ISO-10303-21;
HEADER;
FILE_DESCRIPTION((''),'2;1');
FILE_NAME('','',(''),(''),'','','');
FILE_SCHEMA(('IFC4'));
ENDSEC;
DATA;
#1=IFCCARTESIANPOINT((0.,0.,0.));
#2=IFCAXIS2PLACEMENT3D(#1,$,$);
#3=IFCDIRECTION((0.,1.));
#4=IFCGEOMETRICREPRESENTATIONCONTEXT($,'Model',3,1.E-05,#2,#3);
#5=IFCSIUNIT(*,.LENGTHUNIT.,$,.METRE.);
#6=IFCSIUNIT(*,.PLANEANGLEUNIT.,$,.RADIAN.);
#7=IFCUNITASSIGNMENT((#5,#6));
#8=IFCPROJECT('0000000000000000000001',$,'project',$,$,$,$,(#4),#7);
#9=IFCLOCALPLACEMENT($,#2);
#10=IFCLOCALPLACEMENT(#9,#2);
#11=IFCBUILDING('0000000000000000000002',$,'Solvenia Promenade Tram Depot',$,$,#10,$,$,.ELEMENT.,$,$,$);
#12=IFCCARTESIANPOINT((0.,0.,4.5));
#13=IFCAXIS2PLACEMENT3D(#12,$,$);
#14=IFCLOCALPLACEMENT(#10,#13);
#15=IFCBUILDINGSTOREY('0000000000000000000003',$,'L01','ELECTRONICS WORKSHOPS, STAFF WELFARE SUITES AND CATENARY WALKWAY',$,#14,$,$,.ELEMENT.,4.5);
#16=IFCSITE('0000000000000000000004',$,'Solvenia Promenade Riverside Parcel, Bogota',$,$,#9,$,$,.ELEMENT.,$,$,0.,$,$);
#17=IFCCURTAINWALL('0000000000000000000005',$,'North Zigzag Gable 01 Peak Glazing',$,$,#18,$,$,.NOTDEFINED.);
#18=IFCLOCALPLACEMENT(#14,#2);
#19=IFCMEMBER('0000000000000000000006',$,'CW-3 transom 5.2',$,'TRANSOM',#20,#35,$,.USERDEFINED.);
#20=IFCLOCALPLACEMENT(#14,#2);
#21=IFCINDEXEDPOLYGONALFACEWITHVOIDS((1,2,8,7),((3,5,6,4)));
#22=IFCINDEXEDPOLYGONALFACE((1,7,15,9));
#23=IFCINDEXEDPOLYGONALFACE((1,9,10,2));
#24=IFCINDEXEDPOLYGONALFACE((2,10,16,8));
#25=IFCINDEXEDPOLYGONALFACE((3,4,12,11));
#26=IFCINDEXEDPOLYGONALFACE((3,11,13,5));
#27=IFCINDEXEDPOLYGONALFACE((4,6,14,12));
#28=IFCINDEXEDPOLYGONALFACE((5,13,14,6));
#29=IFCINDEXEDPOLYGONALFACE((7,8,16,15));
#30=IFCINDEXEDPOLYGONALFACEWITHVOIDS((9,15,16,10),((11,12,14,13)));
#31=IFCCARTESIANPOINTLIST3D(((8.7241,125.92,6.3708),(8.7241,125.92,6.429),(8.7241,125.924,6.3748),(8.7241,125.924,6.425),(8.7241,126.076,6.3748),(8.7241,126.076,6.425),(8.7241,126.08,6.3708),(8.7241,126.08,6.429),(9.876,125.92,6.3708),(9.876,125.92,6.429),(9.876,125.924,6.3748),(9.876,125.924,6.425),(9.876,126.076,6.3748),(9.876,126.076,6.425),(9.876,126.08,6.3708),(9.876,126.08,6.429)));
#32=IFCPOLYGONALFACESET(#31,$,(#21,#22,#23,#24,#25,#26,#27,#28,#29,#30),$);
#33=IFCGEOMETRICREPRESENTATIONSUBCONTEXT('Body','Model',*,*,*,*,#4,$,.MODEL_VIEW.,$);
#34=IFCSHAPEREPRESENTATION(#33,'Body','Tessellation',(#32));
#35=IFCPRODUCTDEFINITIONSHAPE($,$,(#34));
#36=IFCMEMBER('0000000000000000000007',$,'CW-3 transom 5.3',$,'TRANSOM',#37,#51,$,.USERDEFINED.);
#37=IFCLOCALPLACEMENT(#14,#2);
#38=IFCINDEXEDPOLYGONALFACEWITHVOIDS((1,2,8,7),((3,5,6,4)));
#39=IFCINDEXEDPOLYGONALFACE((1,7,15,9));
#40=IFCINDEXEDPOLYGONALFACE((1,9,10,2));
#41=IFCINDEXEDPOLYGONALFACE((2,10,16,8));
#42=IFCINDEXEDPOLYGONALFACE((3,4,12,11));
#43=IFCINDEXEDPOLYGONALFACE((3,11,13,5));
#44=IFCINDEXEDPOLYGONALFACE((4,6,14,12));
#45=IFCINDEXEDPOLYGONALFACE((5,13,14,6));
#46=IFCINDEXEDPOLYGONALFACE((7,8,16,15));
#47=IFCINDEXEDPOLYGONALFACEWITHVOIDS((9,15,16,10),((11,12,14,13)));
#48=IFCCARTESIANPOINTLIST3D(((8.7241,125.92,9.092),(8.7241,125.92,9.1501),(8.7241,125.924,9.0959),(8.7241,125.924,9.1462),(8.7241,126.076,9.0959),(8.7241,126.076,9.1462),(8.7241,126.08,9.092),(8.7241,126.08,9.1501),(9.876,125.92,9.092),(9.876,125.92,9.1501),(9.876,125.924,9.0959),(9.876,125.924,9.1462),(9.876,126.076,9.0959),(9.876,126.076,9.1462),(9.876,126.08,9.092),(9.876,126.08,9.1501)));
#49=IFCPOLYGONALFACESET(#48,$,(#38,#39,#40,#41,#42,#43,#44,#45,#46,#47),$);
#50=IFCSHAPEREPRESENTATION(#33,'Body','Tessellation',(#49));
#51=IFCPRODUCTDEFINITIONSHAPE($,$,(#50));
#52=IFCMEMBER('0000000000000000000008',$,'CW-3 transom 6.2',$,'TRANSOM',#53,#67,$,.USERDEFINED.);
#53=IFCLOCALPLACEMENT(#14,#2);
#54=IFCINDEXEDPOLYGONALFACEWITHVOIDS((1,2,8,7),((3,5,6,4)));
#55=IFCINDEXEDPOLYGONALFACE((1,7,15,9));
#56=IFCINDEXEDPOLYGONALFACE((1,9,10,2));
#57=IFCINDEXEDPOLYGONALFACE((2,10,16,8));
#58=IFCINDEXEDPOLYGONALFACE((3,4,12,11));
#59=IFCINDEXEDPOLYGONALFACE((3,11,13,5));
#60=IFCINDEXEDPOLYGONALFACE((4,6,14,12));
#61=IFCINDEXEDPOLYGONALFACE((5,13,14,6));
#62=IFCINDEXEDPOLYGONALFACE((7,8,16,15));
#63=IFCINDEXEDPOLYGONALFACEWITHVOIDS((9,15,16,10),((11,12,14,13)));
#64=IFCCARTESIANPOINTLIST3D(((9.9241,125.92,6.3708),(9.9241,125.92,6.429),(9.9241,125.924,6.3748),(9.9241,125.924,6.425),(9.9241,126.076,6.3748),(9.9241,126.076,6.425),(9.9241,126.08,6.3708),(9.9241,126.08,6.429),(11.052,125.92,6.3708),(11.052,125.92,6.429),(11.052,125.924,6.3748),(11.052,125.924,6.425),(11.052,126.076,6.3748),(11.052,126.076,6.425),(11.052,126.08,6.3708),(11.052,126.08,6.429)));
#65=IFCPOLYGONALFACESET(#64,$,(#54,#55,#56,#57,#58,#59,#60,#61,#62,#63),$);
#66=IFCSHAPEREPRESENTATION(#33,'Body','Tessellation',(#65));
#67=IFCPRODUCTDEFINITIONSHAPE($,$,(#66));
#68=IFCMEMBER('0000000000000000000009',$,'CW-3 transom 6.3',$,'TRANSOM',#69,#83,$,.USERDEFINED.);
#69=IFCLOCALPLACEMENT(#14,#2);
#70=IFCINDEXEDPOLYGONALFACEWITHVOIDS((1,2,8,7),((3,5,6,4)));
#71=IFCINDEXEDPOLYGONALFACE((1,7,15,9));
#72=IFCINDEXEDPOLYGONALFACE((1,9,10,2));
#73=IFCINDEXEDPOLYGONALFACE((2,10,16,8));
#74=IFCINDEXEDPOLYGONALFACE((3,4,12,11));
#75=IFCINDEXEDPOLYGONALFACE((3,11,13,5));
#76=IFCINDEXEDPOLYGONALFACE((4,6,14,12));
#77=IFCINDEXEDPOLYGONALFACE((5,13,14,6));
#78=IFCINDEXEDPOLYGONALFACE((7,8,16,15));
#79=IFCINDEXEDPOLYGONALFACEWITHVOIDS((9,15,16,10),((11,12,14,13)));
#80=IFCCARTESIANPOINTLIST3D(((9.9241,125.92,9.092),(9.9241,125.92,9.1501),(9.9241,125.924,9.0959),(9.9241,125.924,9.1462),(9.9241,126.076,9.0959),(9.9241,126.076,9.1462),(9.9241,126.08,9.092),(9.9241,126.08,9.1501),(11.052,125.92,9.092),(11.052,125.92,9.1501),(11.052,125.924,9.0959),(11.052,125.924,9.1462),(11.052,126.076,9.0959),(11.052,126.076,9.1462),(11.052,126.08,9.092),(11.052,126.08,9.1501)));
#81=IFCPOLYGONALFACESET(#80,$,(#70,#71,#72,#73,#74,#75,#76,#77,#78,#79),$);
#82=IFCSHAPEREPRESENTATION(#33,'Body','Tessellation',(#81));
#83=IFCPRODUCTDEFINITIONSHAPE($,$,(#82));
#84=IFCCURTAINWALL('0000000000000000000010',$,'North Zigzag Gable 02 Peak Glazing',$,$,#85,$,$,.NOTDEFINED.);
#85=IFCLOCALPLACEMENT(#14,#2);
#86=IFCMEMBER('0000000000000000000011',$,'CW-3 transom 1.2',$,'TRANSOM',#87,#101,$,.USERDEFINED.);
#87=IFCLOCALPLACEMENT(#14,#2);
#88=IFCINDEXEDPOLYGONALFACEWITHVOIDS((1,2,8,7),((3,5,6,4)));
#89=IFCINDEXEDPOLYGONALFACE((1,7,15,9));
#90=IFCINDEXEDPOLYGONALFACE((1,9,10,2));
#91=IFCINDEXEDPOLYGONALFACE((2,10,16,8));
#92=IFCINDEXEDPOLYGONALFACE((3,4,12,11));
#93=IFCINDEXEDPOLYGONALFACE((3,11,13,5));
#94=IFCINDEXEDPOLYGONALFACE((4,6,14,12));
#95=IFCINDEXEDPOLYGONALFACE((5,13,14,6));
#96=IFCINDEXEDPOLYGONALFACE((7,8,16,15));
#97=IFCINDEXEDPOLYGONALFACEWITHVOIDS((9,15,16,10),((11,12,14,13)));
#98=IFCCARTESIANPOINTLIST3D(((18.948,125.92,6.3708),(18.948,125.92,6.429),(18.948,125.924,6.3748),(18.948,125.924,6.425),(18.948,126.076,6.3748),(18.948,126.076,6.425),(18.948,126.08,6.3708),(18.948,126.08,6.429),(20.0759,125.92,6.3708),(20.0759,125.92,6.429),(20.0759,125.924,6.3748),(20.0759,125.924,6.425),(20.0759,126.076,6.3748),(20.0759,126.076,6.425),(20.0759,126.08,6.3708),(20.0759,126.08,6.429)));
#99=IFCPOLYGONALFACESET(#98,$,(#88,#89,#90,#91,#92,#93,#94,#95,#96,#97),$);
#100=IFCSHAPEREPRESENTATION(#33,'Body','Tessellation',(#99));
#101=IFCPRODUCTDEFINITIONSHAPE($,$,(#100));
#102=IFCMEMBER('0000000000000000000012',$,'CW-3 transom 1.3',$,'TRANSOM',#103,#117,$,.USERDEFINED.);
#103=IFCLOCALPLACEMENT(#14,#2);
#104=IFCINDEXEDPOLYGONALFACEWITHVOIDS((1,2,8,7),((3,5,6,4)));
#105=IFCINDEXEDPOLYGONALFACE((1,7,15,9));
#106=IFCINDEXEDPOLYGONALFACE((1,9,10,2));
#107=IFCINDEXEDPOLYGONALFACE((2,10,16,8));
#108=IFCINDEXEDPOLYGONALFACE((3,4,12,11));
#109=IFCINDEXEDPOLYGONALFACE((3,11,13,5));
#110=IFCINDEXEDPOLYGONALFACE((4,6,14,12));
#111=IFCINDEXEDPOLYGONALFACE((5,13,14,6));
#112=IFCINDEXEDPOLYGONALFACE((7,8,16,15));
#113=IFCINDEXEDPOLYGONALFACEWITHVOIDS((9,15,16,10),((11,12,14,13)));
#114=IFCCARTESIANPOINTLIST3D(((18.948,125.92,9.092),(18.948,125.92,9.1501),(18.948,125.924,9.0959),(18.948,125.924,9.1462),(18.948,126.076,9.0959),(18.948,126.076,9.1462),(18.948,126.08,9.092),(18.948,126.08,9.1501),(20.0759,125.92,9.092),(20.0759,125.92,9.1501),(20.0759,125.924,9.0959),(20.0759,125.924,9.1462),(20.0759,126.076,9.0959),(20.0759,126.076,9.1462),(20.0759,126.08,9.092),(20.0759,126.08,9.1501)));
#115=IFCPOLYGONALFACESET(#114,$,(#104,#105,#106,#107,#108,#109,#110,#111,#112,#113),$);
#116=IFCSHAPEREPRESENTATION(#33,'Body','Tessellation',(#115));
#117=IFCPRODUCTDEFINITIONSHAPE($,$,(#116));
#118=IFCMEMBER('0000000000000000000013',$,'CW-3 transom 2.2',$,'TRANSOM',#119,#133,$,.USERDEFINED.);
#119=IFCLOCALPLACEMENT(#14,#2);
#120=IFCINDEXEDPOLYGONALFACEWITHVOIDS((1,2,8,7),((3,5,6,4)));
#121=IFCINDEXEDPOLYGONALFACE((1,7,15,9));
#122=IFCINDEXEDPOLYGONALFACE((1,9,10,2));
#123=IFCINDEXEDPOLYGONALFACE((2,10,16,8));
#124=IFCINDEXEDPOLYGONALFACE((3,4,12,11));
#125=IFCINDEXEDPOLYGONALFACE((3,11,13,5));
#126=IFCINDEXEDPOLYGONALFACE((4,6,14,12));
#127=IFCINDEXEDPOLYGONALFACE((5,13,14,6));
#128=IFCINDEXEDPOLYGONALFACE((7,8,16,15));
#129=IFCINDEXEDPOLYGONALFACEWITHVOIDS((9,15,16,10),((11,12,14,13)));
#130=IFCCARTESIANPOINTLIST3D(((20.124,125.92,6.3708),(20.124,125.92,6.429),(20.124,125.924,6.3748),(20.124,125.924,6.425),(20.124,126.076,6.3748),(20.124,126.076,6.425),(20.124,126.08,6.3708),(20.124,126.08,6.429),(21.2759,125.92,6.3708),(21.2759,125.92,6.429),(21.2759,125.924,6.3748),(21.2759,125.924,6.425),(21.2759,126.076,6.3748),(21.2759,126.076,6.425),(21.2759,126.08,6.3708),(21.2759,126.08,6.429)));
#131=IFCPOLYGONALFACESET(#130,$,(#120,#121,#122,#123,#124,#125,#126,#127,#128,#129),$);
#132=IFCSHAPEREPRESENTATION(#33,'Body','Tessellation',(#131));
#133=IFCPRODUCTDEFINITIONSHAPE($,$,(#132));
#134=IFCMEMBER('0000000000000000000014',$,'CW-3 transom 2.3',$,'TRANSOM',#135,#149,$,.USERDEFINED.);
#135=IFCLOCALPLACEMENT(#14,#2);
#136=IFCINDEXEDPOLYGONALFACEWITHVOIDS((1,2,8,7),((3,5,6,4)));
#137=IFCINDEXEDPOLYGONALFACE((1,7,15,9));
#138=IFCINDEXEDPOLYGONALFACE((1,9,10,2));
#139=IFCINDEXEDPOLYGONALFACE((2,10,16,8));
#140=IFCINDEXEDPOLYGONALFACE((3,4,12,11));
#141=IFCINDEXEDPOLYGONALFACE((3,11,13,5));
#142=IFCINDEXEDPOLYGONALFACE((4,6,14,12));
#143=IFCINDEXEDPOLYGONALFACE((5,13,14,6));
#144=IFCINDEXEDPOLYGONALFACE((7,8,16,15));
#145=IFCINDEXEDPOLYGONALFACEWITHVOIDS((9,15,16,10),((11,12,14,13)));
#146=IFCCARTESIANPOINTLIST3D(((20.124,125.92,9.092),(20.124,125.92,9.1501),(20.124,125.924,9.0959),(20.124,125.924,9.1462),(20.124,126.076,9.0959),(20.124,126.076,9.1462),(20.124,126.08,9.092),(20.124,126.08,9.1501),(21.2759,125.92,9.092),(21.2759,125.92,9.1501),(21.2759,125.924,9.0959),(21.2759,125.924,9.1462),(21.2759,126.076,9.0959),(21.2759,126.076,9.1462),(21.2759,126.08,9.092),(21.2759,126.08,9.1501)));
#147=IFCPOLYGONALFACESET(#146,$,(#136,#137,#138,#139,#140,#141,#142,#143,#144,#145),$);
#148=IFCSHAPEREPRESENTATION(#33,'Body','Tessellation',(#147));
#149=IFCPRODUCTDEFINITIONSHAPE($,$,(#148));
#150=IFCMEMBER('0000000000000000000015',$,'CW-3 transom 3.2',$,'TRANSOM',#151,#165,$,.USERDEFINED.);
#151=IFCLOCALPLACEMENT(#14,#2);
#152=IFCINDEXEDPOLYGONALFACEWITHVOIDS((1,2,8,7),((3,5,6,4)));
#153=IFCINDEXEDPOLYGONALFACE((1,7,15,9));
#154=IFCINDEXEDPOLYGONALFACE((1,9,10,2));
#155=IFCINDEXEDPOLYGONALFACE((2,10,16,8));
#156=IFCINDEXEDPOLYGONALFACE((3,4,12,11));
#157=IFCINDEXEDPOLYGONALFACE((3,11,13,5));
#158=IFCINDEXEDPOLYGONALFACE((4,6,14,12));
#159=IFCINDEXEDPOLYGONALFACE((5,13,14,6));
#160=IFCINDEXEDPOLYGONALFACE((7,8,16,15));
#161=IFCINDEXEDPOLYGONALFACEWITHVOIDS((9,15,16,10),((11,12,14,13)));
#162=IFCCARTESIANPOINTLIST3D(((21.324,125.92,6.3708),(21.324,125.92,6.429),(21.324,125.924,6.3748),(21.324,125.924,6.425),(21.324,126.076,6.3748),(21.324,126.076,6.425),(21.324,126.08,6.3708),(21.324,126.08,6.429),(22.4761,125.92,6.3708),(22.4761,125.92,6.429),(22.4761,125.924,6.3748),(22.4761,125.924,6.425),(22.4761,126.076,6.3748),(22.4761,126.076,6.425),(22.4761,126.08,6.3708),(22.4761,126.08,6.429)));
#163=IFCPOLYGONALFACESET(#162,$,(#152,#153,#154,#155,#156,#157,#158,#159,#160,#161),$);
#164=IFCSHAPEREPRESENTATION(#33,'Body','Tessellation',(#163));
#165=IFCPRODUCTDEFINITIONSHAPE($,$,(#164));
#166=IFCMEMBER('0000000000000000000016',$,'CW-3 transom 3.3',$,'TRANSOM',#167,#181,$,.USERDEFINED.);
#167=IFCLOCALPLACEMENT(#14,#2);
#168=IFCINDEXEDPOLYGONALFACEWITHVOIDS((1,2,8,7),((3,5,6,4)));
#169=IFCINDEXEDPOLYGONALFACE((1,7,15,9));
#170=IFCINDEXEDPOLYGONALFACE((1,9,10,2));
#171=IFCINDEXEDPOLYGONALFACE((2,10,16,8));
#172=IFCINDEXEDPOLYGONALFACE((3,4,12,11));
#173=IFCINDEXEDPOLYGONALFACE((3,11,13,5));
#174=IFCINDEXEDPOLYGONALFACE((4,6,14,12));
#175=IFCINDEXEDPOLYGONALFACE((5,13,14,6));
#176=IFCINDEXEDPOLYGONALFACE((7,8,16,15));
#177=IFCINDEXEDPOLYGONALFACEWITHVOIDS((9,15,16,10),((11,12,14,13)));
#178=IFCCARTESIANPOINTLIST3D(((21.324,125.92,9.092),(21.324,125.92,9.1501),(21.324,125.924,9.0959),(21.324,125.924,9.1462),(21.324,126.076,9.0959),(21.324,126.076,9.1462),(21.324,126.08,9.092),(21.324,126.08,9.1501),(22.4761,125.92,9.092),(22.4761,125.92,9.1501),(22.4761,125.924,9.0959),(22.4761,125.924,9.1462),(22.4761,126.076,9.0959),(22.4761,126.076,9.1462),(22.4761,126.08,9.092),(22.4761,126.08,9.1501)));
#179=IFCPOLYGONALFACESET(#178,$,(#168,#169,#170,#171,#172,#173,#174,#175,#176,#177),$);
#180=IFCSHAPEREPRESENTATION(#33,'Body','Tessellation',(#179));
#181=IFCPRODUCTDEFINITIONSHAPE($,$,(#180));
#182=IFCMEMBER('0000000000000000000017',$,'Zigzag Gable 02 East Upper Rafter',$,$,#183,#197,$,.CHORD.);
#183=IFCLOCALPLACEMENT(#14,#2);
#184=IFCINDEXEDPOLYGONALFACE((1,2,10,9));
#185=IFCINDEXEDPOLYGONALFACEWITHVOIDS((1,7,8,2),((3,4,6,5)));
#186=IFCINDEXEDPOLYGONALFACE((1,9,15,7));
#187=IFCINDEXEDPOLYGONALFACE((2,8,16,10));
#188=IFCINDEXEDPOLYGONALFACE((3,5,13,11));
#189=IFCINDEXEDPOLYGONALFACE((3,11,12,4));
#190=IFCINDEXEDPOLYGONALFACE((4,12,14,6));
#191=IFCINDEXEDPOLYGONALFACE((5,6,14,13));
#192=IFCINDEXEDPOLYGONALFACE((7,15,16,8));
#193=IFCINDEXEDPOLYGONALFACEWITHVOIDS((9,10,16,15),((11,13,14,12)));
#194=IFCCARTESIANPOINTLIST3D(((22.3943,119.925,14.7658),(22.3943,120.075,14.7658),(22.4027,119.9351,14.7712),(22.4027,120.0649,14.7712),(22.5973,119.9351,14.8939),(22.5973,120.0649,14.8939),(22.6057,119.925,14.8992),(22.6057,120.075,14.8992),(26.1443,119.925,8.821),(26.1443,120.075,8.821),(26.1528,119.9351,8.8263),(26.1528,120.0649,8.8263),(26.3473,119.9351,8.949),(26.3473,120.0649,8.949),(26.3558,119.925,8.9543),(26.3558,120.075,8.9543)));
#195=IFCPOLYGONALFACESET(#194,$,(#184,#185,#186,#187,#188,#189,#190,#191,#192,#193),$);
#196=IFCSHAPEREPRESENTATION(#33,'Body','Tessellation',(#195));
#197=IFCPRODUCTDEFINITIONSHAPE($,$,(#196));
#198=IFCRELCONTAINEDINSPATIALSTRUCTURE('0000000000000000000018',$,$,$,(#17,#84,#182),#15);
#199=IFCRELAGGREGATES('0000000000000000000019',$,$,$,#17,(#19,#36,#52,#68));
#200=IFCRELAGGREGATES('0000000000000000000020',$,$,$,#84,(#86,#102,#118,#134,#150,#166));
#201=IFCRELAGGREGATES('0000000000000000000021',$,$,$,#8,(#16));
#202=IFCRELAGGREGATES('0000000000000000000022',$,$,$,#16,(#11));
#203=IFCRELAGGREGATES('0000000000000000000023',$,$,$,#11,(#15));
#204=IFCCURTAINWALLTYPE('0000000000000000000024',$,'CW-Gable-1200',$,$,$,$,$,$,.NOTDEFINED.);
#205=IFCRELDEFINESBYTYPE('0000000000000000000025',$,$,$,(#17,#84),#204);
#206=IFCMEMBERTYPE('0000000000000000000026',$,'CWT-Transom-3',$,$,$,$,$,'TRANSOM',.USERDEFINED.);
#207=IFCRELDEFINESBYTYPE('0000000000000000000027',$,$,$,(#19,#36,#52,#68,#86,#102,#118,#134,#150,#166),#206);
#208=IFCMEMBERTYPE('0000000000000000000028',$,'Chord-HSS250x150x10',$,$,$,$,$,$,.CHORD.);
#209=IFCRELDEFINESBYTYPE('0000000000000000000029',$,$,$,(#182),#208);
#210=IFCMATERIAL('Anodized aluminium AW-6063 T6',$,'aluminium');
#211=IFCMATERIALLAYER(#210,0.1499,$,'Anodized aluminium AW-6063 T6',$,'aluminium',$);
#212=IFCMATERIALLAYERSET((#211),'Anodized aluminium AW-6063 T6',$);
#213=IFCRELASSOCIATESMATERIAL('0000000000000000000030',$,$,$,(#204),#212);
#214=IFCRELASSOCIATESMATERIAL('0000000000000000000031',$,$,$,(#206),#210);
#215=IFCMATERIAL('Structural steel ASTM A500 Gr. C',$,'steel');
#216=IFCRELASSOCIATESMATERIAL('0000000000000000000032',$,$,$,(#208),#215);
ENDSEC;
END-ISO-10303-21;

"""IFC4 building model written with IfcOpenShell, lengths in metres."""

from ifc_helpers import new_model, si_unit, direction, frame, origin, origin_2d, place, context, subcontext, project, spatial, hollow_rectangle, extrude, material, layer, layer_set, material_profile, profile_set, type_object, element, aggregate, save


model = new_model("IFC4")

# Units and contexts
model_context = context("Model", 3, precision=1e-05, world=origin(), true_north=direction((0.0, 1.0)))
body_context = subcontext(model_context, "Body", "Model", "MODEL_VIEW")
ifc_project = project(units=[si_unit("LENGTHUNIT", "METRE"), si_unit("PLANEANGLEUNIT", "RADIAN")], contexts=[model_context])

# Site, building, storey
site_placement = place(None, origin())
site = spatial("IfcSite", under=ifc_project, at=site_placement, Name="Solvenia Promenade Riverside Parcel, Bogota", CompositionType="ELEMENT", RefElevation=0.0)
building_placement = place(site_placement, origin())
building = spatial("IfcBuilding", under=site, at=building_placement, Name="Solvenia Promenade Tram Depot", CompositionType="ELEMENT")
storey_placement = place(building_placement, frame((0.0, 0.0, 4.5)))
storey = spatial("IfcBuildingStorey", under=building, at=storey_placement, Name="L01", Description="ELECTRONICS WORKSHOPS, STAFF WELFARE SUITES AND CATENARY WALKWAY", CompositionType="ELEMENT", Elevation=4.5)

# Curtain walls, members
ifc_material_1 = material(Name="Anodized aluminium AW-6063 T6", Category="aluminium")
ifc_layer_1 = layer(ifc_material_1, 0.1499, Name="Anodized aluminium AW-6063 T6", Category="aluminium")
ifc_layer_set_1 = layer_set([ifc_layer_1], Name="Anodized aluminium AW-6063 T6")
curtain_wall_type = type_object("IfcCurtainWallType", Name="CW-Gable-1200", PredefinedType="NOTDEFINED", material=ifc_layer_set_1)
curtain_wall_1_placement = place(storey_placement, origin())
curtain_wall_1 = element("IfcCurtainWall", 1, at=curtain_wall_1_placement, inside=storey, type_object=curtain_wall_type, Name="North Zigzag Gable 01 Peak Glazing", PredefinedType="NOTDEFINED")
ifc_material_profile_1 = material_profile(ifc_material_1, hollow_rectangle(XDim=0.1599, YDim=0.0581, WallThickness=0.0039, at=origin_2d()), Name="ALU-T3", Category="aluminium")
ifc_profile_set_1 = profile_set([ifc_material_profile_1], Name="Anodized aluminium AW-6063 T6")
member_type_1 = type_object("IfcMemberType", Name="CWT-Transom-3", ElementType="TRANSOM", PredefinedType="USERDEFINED", material=ifc_profile_set_1)
member_1_placement = place(storey_placement, frame((8.7241, 126.0, 6.3999), z_axis=(1.0, 0.0, 0.0), x_axis=(0.0, 1.0, 0.0)))
member_1 = element("IfcMember", 2, at=member_1_placement, type_object=member_type_1, Name="CW-3 transom 5.2", ObjectType="TRANSOM", PredefinedType="USERDEFINED", context=body_context, shape_type="SweptSolid", body=[
    extrude(hollow_rectangle(XDim=0.1599, YDim=0.0581, WallThickness=0.0039, at=origin_2d()), origin(), (0.0, 0.0, 1.0), 1.1519),
])
member_2_placement = place(storey_placement, frame((8.7241, 126.0, 9.1211), z_axis=(1.0, 0.0, 0.0), x_axis=(0.0, 1.0, 0.0)))
member_2 = element("IfcMember", 3, at=member_2_placement, type_object=member_type_1, Name="CW-3 transom 5.3", ObjectType="TRANSOM", PredefinedType="USERDEFINED", context=body_context, shape_type="SweptSolid", body=[
    extrude(hollow_rectangle(XDim=0.1599, YDim=0.0581, WallThickness=0.0039, at=origin_2d()), origin(), (0.0, 0.0, 1.0), 1.1519),
])
member_3_placement = place(storey_placement, frame((9.9241, 126.0, 6.3999), z_axis=(1.0, 0.0, 0.0), x_axis=(0.0, 1.0, 0.0)))
member_3 = element("IfcMember", 4, at=member_3_placement, type_object=member_type_1, Name="CW-3 transom 6.2", ObjectType="TRANSOM", PredefinedType="USERDEFINED", context=body_context, shape_type="SweptSolid", body=[
    extrude(hollow_rectangle(XDim=0.1599, YDim=0.0581, WallThickness=0.0039, at=origin_2d()), origin(), (0.0, 0.0, 1.0), 1.1279),
])
member_4_placement = place(storey_placement, frame((9.9241, 126.0, 9.1211), z_axis=(1.0, 0.0, 0.0), x_axis=(0.0, 1.0, 0.0)))
member_4 = element("IfcMember", 5, at=member_4_placement, type_object=member_type_1, Name="CW-3 transom 6.3", ObjectType="TRANSOM", PredefinedType="USERDEFINED", context=body_context, shape_type="SweptSolid", body=[
    extrude(hollow_rectangle(XDim=0.1599, YDim=0.0581, WallThickness=0.0039, at=origin_2d()), origin(), (0.0, 0.0, 1.0), 1.1279),
])
curtain_wall_2_placement = place(storey_placement, origin())
curtain_wall_2 = element("IfcCurtainWall", 6, at=curtain_wall_2_placement, inside=storey, type_object=curtain_wall_type, Name="North Zigzag Gable 02 Peak Glazing", PredefinedType="NOTDEFINED")
member_5_placement = place(storey_placement, frame((18.948, 126.0, 6.3999), z_axis=(1.0, 0.0, 0.0), x_axis=(0.0, 1.0, 0.0)))
member_5 = element("IfcMember", 7, at=member_5_placement, type_object=member_type_1, Name="CW-3 transom 1.2", ObjectType="TRANSOM", PredefinedType="USERDEFINED", context=body_context, shape_type="SweptSolid", body=[
    extrude(hollow_rectangle(XDim=0.1599, YDim=0.0581, WallThickness=0.0039, at=origin_2d()), origin(), (0.0, 0.0, 1.0), 1.1279),
])
member_6_placement = place(storey_placement, frame((18.948, 126.0, 9.1211), z_axis=(1.0, 0.0, 0.0), x_axis=(0.0, 1.0, 0.0)))
member_6 = element("IfcMember", 8, at=member_6_placement, type_object=member_type_1, Name="CW-3 transom 1.3", ObjectType="TRANSOM", PredefinedType="USERDEFINED", context=body_context, shape_type="SweptSolid", body=[
    extrude(hollow_rectangle(XDim=0.1599, YDim=0.0581, WallThickness=0.0039, at=origin_2d()), origin(), (0.0, 0.0, 1.0), 1.1279),
])
member_7_placement = place(storey_placement, frame((20.124, 126.0, 6.3999), z_axis=(1.0, 0.0, 0.0), x_axis=(0.0, 1.0, 0.0)))
member_7 = element("IfcMember", 9, at=member_7_placement, type_object=member_type_1, Name="CW-3 transom 2.2", ObjectType="TRANSOM", PredefinedType="USERDEFINED", context=body_context, shape_type="SweptSolid", body=[
    extrude(hollow_rectangle(XDim=0.1599, YDim=0.0581, WallThickness=0.0039, at=origin_2d()), origin(), (0.0, 0.0, 1.0), 1.1519),
])
member_8_placement = place(storey_placement, frame((20.124, 126.0, 9.1211), z_axis=(1.0, 0.0, 0.0), x_axis=(0.0, 1.0, 0.0)))
member_8 = element("IfcMember", 10, at=member_8_placement, type_object=member_type_1, Name="CW-3 transom 2.3", ObjectType="TRANSOM", PredefinedType="USERDEFINED", context=body_context, shape_type="SweptSolid", body=[
    extrude(hollow_rectangle(XDim=0.1599, YDim=0.0581, WallThickness=0.0039, at=origin_2d()), origin(), (0.0, 0.0, 1.0), 1.1519),
])
member_9_placement = place(storey_placement, frame((21.324, 126.0, 6.3999), z_axis=(1.0, 0.0, 0.0), x_axis=(0.0, 1.0, 0.0)))
member_9 = element("IfcMember", 11, at=member_9_placement, type_object=member_type_1, Name="CW-3 transom 3.2", ObjectType="TRANSOM", PredefinedType="USERDEFINED", context=body_context, shape_type="SweptSolid", body=[
    extrude(hollow_rectangle(XDim=0.1599, YDim=0.0581, WallThickness=0.0039, at=origin_2d()), origin(), (0.0, 0.0, 1.0), 1.1521),
])
member_10_placement = place(storey_placement, frame((21.324, 126.0, 9.1211), z_axis=(1.0, 0.0, 0.0), x_axis=(0.0, 1.0, 0.0)))
member_10 = element("IfcMember", 12, at=member_10_placement, type_object=member_type_1, Name="CW-3 transom 3.3", ObjectType="TRANSOM", PredefinedType="USERDEFINED", context=body_context, shape_type="SweptSolid", body=[
    extrude(hollow_rectangle(XDim=0.1599, YDim=0.0581, WallThickness=0.0039, at=origin_2d()), origin(), (0.0, 0.0, 1.0), 1.1521),
])

# Member
ifc_material_2 = material(Name="Structural steel ASTM A500 Gr. C", Category="steel")
ifc_material_profile_2 = material_profile(ifc_material_2, hollow_rectangle(XDim=0.1499, YDim=0.25, WallThickness=0.01, at=origin_2d()), Name="HSS250x150x10", Category="steel")
ifc_profile_set_2 = profile_set([ifc_material_profile_2], Name="Structural steel ASTM A500 Gr. C")
member_type_2 = type_object("IfcMemberType", Name="Chord-HSS250x150x10", PredefinedType="CHORD", material=ifc_profile_set_2)
member_11_placement = place(storey_placement, frame((22.5, 120.0, 14.8325), z_axis=(0.533522, 0.0, -0.845786), x_axis=(0.0, 1.0, 0.0)))
element("IfcMember", 13, at=member_11_placement, inside=storey, type_object=member_type_2, Name="Zigzag Gable 02 East Upper Rafter", PredefinedType="CHORD", context=body_context, shape_type="SweptSolid", body=[
    extrude(hollow_rectangle(XDim=0.1499, YDim=0.25, WallThickness=0.01, at=origin_2d()), origin(), (0.0, 0.0, 1.0), 7.0288),
])

aggregate(curtain_wall_1, [member_1, member_2, member_3, member_4])
aggregate(curtain_wall_2, [member_5, member_6, member_7, member_8, member_9, member_10])

save(model, "model.ifc")
